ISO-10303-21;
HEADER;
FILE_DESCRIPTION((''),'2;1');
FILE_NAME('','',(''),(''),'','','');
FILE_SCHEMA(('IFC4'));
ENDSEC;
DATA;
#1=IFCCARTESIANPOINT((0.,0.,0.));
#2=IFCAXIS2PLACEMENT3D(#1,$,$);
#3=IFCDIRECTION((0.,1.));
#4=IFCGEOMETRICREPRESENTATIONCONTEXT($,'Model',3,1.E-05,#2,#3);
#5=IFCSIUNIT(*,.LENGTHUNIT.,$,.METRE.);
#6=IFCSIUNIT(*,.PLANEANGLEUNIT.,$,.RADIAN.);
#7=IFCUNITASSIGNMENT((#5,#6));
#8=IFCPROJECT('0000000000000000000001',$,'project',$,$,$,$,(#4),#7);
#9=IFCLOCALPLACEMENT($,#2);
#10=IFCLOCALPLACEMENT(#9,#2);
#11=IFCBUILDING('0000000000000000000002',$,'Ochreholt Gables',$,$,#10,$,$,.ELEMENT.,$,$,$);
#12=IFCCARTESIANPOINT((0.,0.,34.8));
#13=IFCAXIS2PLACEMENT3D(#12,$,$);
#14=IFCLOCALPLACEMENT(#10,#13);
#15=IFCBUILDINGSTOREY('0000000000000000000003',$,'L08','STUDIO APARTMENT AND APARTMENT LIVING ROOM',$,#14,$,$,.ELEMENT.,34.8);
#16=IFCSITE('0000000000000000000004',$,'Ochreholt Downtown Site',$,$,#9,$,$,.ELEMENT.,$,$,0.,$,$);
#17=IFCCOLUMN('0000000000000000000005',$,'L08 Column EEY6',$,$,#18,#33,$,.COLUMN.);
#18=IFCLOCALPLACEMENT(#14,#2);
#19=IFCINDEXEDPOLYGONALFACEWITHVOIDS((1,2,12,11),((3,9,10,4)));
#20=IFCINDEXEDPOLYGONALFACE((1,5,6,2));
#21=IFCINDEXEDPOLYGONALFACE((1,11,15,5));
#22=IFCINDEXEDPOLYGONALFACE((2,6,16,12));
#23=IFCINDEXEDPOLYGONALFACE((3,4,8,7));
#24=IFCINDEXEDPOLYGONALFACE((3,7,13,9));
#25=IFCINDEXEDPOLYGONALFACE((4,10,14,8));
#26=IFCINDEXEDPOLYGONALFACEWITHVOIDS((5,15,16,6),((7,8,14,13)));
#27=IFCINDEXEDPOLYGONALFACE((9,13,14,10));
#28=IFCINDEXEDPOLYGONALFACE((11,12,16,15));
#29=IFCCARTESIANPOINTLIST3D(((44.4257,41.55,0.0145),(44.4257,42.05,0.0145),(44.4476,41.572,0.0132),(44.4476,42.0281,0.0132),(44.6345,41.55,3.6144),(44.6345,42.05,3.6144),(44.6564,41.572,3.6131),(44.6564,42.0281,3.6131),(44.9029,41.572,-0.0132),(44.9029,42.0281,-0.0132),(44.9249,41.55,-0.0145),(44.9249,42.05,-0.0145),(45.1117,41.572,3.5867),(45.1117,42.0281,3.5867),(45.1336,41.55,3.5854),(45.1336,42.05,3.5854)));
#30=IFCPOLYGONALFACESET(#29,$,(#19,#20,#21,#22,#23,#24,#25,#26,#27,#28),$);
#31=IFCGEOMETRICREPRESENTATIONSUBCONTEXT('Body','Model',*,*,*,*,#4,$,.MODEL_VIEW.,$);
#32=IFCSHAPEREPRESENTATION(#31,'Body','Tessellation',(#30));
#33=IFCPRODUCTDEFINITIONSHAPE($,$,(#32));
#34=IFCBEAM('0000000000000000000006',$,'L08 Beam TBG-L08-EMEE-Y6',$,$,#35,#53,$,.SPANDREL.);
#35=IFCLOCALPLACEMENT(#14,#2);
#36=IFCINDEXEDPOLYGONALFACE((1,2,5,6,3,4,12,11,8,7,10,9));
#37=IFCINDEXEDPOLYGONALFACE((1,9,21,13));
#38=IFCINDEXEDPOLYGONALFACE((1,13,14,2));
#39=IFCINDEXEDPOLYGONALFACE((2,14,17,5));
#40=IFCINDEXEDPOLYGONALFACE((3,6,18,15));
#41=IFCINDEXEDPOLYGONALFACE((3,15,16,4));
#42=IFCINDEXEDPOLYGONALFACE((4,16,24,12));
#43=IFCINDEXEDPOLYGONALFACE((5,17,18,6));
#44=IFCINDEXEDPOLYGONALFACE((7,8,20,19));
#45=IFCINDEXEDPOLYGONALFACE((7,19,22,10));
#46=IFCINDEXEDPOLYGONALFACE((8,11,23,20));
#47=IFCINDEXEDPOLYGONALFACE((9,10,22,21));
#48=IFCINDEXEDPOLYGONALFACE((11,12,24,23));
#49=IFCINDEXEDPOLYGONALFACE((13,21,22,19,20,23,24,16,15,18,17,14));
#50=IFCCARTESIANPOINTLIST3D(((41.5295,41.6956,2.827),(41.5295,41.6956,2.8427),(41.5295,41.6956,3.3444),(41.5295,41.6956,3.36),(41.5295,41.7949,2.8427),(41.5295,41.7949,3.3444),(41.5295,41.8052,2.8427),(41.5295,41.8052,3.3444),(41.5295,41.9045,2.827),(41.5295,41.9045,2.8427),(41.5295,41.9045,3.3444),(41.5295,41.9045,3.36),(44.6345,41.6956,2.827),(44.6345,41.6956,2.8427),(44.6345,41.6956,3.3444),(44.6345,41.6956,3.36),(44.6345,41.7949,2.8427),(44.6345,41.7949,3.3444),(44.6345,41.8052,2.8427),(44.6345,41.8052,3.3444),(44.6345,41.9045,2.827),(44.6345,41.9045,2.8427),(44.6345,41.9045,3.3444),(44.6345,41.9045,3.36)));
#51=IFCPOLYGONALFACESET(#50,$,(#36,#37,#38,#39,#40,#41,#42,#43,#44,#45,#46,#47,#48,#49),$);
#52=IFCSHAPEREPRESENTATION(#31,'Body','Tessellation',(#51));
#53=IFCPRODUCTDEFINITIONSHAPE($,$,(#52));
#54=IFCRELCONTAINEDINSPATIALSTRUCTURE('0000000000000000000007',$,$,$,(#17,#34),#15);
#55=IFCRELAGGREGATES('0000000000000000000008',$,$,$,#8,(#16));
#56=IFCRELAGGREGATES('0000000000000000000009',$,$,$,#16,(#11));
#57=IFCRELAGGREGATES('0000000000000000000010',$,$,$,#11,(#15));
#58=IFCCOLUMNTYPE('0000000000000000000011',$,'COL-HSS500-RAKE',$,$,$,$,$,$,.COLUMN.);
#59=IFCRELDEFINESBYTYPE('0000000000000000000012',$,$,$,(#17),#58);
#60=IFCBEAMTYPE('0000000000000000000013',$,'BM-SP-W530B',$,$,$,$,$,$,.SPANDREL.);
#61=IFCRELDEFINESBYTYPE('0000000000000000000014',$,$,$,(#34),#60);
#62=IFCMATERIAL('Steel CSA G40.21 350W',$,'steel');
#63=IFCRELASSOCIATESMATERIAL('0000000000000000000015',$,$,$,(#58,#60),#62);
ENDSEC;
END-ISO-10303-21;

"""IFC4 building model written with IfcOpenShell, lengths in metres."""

from ifc_helpers import new_model, si_unit, direction, frame, origin, origin_2d, place, context, subcontext, project, spatial, hollow_rectangle, i_section, extrude, material, material_profile, profile_set, type_object, element, save


model = new_model("IFC4")

# Units and contexts
model_context = context("Model", 3, precision=1e-05, world=origin(), true_north=direction((0.0, 1.0)))
body_context = subcontext(model_context, "Body", "Model", "MODEL_VIEW")
ifc_project = project(units=[si_unit("LENGTHUNIT", "METRE"), si_unit("PLANEANGLEUNIT", "RADIAN")], contexts=[model_context])

# Site, building, storey
site_placement = place(None, origin())
site = spatial("IfcSite", under=ifc_project, at=site_placement, Name="Ochreholt Downtown Site", CompositionType="ELEMENT", RefElevation=0.0)
building_placement = place(site_placement, origin())
building = spatial("IfcBuilding", under=site, at=building_placement, Name="Ochreholt Gables", CompositionType="ELEMENT")
storey_placement = place(building_placement, frame((0.0, 0.0, 34.8)))
storey = spatial("IfcBuildingStorey", under=building, at=storey_placement, Name="L08", Description="STUDIO APARTMENT AND APARTMENT LIVING ROOM", CompositionType="ELEMENT", Elevation=34.8)

# Column
ifc_material_1 = material(Name="Steel CSA G40.21 350W", Category="steel")
ifc_material_profile_1 = material_profile(ifc_material_1, hollow_rectangle(XDim=0.5, YDim=0.5, WallThickness=0.022, at=origin_2d()), Name="HSS500X500X22")
ifc_profile_set_1 = profile_set([ifc_material_profile_1], Name="Steel CSA G40.21 350W")
column_type = type_object("IfcColumnType", Name="COL-HSS500-RAKE", PredefinedType="COLUMN", material=ifc_profile_set_1)
column_placement = place(storey_placement, frame((44.6753, 41.8, 0.0), z_axis=(0.057889, 0.0, 0.998323), x_axis=(0.0, 1.0, 0.0)))
element("IfcColumn", 1, at=column_placement, inside=storey, type_object=column_type, Name="L08 Column EEY6", PredefinedType="COLUMN", context=body_context, shape_type="SweptSolid", body=[
    extrude(hollow_rectangle(XDim=0.5, YDim=0.5, WallThickness=0.022, at=origin_2d()), origin(), (0.0, 0.0, 1.0), 3.606),
])

# Beam
ifc_material_profile_2 = material_profile(ifc_material_1, i_section(OverallWidth=0.209, OverallDepth=0.533, WebThickness=0.0103, FlangeThickness=0.0156, at=origin_2d()), Name="W530X92")
ifc_profile_set_2 = profile_set([ifc_material_profile_2], Name="Steel CSA G40.21 350W")
beam_type = type_object("IfcBeamType", Name="BM-SP-W530B", PredefinedType="SPANDREL", material=ifc_profile_set_2)
beam_placement = place(storey_placement, frame((41.5295, 41.8, 3.0935), z_axis=(1.0, 0.0, 0.0), x_axis=(0.0, 1.0, 0.0)))
element("IfcBeam", 2, at=beam_placement, inside=storey, type_object=beam_type, Name="L08 Beam TBG-L08-EMEE-Y6", PredefinedType="SPANDREL", context=body_context, shape_type="SweptSolid", body=[
    extrude(i_section(OverallWidth=0.209, OverallDepth=0.533, WebThickness=0.0103, FlangeThickness=0.0156, at=origin_2d()), origin(), (0.0, 0.0, 1.0), 3.105),
])

save(model, "model.ifc")
